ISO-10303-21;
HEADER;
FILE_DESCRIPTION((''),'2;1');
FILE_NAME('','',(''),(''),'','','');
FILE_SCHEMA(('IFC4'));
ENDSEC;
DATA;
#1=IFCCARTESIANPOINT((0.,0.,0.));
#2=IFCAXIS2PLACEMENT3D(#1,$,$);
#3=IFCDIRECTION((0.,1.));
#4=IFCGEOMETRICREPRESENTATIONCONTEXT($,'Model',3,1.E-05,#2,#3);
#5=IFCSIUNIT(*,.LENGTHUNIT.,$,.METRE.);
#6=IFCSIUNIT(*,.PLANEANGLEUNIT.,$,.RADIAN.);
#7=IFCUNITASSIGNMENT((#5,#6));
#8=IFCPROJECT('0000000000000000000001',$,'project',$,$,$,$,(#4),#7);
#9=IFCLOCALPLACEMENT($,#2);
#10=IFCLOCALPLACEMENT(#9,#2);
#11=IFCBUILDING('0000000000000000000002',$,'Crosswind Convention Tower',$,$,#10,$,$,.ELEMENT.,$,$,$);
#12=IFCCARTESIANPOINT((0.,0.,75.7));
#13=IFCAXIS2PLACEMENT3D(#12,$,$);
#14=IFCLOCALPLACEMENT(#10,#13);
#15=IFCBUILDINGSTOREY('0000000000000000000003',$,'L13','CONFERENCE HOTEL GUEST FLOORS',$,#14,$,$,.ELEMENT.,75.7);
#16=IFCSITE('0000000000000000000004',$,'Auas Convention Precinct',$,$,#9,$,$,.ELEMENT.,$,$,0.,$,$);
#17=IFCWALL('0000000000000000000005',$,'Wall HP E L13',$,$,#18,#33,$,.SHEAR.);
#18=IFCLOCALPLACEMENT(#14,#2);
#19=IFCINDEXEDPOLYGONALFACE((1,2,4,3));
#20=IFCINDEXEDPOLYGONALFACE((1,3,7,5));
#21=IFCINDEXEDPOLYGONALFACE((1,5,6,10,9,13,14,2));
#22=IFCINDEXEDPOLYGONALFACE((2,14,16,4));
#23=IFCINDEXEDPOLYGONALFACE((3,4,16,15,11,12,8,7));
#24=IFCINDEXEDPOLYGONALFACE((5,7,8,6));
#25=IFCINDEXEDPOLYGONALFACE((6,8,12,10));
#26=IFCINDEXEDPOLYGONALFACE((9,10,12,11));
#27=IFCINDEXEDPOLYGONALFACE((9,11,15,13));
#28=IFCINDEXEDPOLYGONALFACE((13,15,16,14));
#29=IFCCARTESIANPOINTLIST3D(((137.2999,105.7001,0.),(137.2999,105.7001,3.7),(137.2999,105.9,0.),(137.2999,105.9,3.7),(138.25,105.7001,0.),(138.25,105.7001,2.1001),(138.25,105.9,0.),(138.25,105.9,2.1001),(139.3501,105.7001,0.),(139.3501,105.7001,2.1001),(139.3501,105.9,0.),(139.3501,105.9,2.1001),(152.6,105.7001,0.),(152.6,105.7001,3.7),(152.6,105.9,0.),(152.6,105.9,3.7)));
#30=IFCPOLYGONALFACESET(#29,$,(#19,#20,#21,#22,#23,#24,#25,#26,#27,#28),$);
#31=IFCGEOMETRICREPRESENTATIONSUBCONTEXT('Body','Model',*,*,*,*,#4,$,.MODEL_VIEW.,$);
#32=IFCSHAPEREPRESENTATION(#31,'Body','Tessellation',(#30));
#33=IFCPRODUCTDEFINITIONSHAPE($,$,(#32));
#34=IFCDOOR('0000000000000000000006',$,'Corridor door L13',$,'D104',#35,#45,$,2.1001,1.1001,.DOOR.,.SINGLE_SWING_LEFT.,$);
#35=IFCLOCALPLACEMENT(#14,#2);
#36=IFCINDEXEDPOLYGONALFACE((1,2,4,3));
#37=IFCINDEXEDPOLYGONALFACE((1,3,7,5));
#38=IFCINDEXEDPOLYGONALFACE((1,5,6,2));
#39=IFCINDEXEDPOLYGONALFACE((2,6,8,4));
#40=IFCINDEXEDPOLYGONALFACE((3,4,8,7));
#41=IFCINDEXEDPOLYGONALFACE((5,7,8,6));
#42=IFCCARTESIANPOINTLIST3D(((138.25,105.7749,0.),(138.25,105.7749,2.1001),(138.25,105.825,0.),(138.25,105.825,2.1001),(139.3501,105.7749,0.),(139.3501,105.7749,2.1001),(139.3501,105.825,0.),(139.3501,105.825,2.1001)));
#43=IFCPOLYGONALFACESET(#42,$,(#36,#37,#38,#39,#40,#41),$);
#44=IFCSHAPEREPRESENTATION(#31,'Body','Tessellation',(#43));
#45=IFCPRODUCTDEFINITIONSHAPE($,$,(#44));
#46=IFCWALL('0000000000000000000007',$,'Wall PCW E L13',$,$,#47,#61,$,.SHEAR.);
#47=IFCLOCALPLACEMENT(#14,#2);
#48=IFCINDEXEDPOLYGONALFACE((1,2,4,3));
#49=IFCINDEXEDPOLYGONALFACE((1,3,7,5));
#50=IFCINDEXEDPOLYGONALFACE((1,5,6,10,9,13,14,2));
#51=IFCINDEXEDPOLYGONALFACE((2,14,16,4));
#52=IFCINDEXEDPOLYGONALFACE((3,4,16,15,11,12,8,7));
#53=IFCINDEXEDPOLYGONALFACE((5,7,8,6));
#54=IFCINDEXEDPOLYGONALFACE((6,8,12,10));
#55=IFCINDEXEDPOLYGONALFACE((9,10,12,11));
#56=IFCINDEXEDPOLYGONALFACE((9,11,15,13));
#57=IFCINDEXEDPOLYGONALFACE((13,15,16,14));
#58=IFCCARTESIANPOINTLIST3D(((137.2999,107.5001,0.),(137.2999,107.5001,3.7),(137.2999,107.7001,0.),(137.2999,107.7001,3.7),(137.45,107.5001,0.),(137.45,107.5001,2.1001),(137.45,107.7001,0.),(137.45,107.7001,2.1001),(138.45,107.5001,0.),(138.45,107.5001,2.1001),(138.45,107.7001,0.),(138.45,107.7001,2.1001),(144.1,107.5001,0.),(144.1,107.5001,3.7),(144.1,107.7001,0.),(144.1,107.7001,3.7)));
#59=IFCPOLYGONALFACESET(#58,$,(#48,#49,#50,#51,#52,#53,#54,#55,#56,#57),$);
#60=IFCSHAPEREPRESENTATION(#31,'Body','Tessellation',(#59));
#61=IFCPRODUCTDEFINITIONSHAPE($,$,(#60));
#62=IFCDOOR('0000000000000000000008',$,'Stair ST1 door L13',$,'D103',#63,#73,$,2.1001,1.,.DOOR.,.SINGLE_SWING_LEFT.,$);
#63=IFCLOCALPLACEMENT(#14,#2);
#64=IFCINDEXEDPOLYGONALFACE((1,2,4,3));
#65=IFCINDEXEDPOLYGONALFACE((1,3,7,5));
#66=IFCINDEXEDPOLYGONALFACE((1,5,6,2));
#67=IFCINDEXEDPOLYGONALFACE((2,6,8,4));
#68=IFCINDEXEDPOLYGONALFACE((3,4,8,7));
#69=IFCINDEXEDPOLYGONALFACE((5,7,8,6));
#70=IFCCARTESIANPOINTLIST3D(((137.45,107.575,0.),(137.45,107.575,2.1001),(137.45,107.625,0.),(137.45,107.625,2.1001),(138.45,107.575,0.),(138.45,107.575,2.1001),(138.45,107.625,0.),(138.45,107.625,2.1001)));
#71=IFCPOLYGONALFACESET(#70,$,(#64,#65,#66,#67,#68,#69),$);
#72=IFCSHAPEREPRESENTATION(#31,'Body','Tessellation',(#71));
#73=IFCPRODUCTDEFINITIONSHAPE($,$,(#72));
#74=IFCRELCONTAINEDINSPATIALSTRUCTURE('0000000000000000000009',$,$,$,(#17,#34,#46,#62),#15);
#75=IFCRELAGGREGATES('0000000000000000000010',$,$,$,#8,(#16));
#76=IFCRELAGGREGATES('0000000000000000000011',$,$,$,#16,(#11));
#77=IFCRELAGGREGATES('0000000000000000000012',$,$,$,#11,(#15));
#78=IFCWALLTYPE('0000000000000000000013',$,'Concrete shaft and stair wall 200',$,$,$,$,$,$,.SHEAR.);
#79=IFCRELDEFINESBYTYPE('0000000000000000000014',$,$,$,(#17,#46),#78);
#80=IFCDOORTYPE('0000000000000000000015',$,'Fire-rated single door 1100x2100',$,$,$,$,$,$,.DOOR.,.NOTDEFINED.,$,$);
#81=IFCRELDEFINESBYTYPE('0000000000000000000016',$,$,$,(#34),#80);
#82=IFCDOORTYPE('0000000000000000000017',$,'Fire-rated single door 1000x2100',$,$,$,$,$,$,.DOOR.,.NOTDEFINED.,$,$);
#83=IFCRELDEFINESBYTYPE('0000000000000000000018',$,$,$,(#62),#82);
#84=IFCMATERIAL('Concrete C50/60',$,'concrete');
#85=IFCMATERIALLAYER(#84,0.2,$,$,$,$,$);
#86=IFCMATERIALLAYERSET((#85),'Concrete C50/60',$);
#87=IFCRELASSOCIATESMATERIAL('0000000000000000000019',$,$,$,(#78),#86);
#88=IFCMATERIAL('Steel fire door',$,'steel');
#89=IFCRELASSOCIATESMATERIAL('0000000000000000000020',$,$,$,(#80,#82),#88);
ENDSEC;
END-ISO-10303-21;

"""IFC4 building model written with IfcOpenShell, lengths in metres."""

from ifc_helpers import new_model, si_unit, direction, frame, frame_2d, origin, place, context, subcontext, project, spatial, rectangle, extrude, material, layer, layer_set, type_object, element, fill, save


model = new_model("IFC4")

# Units and contexts
model_context = context("Model", 3, precision=1e-05, world=origin(), true_north=direction((0.0, 1.0)))
body_context = subcontext(model_context, "Body", "Model", "MODEL_VIEW")
ifc_project = project(units=[si_unit("LENGTHUNIT", "METRE"), si_unit("PLANEANGLEUNIT", "RADIAN")], contexts=[model_context])

# Site, building, storey
site_placement = place(None, origin())
site = spatial("IfcSite", under=ifc_project, at=site_placement, Name="Auas Convention Precinct", CompositionType="ELEMENT", RefElevation=0.0)
building_placement = place(site_placement, origin())
building = spatial("IfcBuilding", under=site, at=building_placement, Name="Crosswind Convention Tower", CompositionType="ELEMENT")
storey_placement = place(building_placement, frame((0.0, 0.0, 75.7)))
storey = spatial("IfcBuildingStorey", under=building, at=storey_placement, Name="L13", Description="CONFERENCE HOTEL GUEST FLOORS", CompositionType="ELEMENT", Elevation=75.7)

# Shared definitions
ifc_material_1 = material(Name="Concrete C50/60", Category="concrete")
ifc_layer_1 = layer(ifc_material_1, 0.2)
ifc_layer_set_1 = layer_set([ifc_layer_1], Name="Concrete C50/60")
wall_type_1 = type_object("IfcWallType", Name="Concrete shaft and stair wall 200", PredefinedType="SHEAR", material=ifc_layer_set_1)

# Walls, openings, doors
wall_1_placement = place(storey_placement, frame((137.3, 105.8, 0.0), z_axis=(0.0, 0.0, 1.0), x_axis=(1.0, 0.0, 0.0)))
wall_1 = element("IfcWall", 1, at=wall_1_placement, inside=storey, type_object=wall_type_1, Name="Wall HP E L13", PredefinedType="SHEAR", context=body_context, shape_type="SweptSolid", body=[
    extrude(rectangle(XDim=15.3, YDim=0.2, at=frame_2d((7.6499, 0.0))), origin(), (0.0, 0.0, 1.0), 3.7),
])
opening_1_placement = place(wall_1_placement, frame((0.95, 0.0, 0.0)))
opening_1 = element("IfcOpeningElement", 2, at=opening_1_placement, cuts=wall_1, PredefinedType="OPENING", context=body_context, shape_type="SweptSolid", body=[
    extrude(rectangle(XDim=1.1001, YDim=2.1001, at=frame_2d((0.55, 1.05))), frame((0.0, 0.1099, 0.0), z_axis=(0.0, -1.0, 0.0), x_axis=(1.0, 0.0, 0.0)), (0.0, 0.0, 1.0), 0.22),
])
ifc_material_2 = material(Name="Steel fire door", Category="steel")
door_type_1 = type_object("IfcDoorType", Name="Fire-rated single door 1100x2100", OperationType="NOTDEFINED", PredefinedType="DOOR", material=ifc_material_2)
door_1_placement = place(opening_1_placement, origin())
door_1 = element("IfcDoor", 3, at=door_1_placement, inside=storey, type_object=door_type_1, Name="Corridor door L13", ObjectType="D104", OperationType="SINGLE_SWING_LEFT", OverallHeight=2.1001, OverallWidth=1.1001, PredefinedType="DOOR", context=body_context, shape_type="SweptSolid", body=[
    extrude(rectangle(XDim=1.1001, YDim=2.1001, at=frame_2d((0.55, 1.05))), frame((0.0, 0.0249, 0.0), z_axis=(0.0, -1.0, 0.0), x_axis=(1.0, 0.0, 0.0)), (0.0, 0.0, 1.0), 0.05),
])
fill(opening_1, door_1)
wall_2_placement = place(storey_placement, frame((137.3, 107.6001, 0.0), z_axis=(0.0, 0.0, 1.0), x_axis=(1.0, 0.0, 0.0)))
wall_2 = element("IfcWall", 4, at=wall_2_placement, inside=storey, type_object=wall_type_1, Name="Wall PCW E L13", PredefinedType="SHEAR", context=body_context, shape_type="SweptSolid", body=[
    extrude(rectangle(XDim=6.8, YDim=0.2, at=frame_2d((3.3999, 0.0))), origin(), (0.0, 0.0, 1.0), 3.7),
])
opening_2_placement = place(wall_2_placement, frame((0.1499, 0.0, 0.0)))
opening_2 = element("IfcOpeningElement", 5, at=opening_2_placement, cuts=wall_2, PredefinedType="OPENING", context=body_context, shape_type="SweptSolid", body=[
    extrude(rectangle(XDim=1.0, YDim=2.1001, at=frame_2d((0.5, 1.05))), frame((0.0, 0.1099, 0.0), z_axis=(0.0, -1.0, 0.0), x_axis=(1.0, 0.0, 0.0)), (0.0, 0.0, 1.0), 0.22),
])
door_type_2 = type_object("IfcDoorType", Name="Fire-rated single door 1000x2100", OperationType="NOTDEFINED", PredefinedType="DOOR", material=ifc_material_2)
door_2_placement = place(opening_2_placement, origin())
door_2 = element("IfcDoor", 6, at=door_2_placement, inside=storey, type_object=door_type_2, Name="Stair ST1 door L13", ObjectType="D103", OperationType="SINGLE_SWING_LEFT", OverallHeight=2.1001, OverallWidth=1.0, PredefinedType="DOOR", context=body_context, shape_type="SweptSolid", body=[
    extrude(rectangle(XDim=1.0, YDim=2.1001, at=frame_2d((0.5, 1.05))), frame((0.0, 0.0249, 0.0), z_axis=(0.0, -1.0, 0.0), x_axis=(1.0, 0.0, 0.0)), (0.0, 0.0, 1.0), 0.05),
])
fill(opening_2, door_2)

save(model, "model.ifc")
